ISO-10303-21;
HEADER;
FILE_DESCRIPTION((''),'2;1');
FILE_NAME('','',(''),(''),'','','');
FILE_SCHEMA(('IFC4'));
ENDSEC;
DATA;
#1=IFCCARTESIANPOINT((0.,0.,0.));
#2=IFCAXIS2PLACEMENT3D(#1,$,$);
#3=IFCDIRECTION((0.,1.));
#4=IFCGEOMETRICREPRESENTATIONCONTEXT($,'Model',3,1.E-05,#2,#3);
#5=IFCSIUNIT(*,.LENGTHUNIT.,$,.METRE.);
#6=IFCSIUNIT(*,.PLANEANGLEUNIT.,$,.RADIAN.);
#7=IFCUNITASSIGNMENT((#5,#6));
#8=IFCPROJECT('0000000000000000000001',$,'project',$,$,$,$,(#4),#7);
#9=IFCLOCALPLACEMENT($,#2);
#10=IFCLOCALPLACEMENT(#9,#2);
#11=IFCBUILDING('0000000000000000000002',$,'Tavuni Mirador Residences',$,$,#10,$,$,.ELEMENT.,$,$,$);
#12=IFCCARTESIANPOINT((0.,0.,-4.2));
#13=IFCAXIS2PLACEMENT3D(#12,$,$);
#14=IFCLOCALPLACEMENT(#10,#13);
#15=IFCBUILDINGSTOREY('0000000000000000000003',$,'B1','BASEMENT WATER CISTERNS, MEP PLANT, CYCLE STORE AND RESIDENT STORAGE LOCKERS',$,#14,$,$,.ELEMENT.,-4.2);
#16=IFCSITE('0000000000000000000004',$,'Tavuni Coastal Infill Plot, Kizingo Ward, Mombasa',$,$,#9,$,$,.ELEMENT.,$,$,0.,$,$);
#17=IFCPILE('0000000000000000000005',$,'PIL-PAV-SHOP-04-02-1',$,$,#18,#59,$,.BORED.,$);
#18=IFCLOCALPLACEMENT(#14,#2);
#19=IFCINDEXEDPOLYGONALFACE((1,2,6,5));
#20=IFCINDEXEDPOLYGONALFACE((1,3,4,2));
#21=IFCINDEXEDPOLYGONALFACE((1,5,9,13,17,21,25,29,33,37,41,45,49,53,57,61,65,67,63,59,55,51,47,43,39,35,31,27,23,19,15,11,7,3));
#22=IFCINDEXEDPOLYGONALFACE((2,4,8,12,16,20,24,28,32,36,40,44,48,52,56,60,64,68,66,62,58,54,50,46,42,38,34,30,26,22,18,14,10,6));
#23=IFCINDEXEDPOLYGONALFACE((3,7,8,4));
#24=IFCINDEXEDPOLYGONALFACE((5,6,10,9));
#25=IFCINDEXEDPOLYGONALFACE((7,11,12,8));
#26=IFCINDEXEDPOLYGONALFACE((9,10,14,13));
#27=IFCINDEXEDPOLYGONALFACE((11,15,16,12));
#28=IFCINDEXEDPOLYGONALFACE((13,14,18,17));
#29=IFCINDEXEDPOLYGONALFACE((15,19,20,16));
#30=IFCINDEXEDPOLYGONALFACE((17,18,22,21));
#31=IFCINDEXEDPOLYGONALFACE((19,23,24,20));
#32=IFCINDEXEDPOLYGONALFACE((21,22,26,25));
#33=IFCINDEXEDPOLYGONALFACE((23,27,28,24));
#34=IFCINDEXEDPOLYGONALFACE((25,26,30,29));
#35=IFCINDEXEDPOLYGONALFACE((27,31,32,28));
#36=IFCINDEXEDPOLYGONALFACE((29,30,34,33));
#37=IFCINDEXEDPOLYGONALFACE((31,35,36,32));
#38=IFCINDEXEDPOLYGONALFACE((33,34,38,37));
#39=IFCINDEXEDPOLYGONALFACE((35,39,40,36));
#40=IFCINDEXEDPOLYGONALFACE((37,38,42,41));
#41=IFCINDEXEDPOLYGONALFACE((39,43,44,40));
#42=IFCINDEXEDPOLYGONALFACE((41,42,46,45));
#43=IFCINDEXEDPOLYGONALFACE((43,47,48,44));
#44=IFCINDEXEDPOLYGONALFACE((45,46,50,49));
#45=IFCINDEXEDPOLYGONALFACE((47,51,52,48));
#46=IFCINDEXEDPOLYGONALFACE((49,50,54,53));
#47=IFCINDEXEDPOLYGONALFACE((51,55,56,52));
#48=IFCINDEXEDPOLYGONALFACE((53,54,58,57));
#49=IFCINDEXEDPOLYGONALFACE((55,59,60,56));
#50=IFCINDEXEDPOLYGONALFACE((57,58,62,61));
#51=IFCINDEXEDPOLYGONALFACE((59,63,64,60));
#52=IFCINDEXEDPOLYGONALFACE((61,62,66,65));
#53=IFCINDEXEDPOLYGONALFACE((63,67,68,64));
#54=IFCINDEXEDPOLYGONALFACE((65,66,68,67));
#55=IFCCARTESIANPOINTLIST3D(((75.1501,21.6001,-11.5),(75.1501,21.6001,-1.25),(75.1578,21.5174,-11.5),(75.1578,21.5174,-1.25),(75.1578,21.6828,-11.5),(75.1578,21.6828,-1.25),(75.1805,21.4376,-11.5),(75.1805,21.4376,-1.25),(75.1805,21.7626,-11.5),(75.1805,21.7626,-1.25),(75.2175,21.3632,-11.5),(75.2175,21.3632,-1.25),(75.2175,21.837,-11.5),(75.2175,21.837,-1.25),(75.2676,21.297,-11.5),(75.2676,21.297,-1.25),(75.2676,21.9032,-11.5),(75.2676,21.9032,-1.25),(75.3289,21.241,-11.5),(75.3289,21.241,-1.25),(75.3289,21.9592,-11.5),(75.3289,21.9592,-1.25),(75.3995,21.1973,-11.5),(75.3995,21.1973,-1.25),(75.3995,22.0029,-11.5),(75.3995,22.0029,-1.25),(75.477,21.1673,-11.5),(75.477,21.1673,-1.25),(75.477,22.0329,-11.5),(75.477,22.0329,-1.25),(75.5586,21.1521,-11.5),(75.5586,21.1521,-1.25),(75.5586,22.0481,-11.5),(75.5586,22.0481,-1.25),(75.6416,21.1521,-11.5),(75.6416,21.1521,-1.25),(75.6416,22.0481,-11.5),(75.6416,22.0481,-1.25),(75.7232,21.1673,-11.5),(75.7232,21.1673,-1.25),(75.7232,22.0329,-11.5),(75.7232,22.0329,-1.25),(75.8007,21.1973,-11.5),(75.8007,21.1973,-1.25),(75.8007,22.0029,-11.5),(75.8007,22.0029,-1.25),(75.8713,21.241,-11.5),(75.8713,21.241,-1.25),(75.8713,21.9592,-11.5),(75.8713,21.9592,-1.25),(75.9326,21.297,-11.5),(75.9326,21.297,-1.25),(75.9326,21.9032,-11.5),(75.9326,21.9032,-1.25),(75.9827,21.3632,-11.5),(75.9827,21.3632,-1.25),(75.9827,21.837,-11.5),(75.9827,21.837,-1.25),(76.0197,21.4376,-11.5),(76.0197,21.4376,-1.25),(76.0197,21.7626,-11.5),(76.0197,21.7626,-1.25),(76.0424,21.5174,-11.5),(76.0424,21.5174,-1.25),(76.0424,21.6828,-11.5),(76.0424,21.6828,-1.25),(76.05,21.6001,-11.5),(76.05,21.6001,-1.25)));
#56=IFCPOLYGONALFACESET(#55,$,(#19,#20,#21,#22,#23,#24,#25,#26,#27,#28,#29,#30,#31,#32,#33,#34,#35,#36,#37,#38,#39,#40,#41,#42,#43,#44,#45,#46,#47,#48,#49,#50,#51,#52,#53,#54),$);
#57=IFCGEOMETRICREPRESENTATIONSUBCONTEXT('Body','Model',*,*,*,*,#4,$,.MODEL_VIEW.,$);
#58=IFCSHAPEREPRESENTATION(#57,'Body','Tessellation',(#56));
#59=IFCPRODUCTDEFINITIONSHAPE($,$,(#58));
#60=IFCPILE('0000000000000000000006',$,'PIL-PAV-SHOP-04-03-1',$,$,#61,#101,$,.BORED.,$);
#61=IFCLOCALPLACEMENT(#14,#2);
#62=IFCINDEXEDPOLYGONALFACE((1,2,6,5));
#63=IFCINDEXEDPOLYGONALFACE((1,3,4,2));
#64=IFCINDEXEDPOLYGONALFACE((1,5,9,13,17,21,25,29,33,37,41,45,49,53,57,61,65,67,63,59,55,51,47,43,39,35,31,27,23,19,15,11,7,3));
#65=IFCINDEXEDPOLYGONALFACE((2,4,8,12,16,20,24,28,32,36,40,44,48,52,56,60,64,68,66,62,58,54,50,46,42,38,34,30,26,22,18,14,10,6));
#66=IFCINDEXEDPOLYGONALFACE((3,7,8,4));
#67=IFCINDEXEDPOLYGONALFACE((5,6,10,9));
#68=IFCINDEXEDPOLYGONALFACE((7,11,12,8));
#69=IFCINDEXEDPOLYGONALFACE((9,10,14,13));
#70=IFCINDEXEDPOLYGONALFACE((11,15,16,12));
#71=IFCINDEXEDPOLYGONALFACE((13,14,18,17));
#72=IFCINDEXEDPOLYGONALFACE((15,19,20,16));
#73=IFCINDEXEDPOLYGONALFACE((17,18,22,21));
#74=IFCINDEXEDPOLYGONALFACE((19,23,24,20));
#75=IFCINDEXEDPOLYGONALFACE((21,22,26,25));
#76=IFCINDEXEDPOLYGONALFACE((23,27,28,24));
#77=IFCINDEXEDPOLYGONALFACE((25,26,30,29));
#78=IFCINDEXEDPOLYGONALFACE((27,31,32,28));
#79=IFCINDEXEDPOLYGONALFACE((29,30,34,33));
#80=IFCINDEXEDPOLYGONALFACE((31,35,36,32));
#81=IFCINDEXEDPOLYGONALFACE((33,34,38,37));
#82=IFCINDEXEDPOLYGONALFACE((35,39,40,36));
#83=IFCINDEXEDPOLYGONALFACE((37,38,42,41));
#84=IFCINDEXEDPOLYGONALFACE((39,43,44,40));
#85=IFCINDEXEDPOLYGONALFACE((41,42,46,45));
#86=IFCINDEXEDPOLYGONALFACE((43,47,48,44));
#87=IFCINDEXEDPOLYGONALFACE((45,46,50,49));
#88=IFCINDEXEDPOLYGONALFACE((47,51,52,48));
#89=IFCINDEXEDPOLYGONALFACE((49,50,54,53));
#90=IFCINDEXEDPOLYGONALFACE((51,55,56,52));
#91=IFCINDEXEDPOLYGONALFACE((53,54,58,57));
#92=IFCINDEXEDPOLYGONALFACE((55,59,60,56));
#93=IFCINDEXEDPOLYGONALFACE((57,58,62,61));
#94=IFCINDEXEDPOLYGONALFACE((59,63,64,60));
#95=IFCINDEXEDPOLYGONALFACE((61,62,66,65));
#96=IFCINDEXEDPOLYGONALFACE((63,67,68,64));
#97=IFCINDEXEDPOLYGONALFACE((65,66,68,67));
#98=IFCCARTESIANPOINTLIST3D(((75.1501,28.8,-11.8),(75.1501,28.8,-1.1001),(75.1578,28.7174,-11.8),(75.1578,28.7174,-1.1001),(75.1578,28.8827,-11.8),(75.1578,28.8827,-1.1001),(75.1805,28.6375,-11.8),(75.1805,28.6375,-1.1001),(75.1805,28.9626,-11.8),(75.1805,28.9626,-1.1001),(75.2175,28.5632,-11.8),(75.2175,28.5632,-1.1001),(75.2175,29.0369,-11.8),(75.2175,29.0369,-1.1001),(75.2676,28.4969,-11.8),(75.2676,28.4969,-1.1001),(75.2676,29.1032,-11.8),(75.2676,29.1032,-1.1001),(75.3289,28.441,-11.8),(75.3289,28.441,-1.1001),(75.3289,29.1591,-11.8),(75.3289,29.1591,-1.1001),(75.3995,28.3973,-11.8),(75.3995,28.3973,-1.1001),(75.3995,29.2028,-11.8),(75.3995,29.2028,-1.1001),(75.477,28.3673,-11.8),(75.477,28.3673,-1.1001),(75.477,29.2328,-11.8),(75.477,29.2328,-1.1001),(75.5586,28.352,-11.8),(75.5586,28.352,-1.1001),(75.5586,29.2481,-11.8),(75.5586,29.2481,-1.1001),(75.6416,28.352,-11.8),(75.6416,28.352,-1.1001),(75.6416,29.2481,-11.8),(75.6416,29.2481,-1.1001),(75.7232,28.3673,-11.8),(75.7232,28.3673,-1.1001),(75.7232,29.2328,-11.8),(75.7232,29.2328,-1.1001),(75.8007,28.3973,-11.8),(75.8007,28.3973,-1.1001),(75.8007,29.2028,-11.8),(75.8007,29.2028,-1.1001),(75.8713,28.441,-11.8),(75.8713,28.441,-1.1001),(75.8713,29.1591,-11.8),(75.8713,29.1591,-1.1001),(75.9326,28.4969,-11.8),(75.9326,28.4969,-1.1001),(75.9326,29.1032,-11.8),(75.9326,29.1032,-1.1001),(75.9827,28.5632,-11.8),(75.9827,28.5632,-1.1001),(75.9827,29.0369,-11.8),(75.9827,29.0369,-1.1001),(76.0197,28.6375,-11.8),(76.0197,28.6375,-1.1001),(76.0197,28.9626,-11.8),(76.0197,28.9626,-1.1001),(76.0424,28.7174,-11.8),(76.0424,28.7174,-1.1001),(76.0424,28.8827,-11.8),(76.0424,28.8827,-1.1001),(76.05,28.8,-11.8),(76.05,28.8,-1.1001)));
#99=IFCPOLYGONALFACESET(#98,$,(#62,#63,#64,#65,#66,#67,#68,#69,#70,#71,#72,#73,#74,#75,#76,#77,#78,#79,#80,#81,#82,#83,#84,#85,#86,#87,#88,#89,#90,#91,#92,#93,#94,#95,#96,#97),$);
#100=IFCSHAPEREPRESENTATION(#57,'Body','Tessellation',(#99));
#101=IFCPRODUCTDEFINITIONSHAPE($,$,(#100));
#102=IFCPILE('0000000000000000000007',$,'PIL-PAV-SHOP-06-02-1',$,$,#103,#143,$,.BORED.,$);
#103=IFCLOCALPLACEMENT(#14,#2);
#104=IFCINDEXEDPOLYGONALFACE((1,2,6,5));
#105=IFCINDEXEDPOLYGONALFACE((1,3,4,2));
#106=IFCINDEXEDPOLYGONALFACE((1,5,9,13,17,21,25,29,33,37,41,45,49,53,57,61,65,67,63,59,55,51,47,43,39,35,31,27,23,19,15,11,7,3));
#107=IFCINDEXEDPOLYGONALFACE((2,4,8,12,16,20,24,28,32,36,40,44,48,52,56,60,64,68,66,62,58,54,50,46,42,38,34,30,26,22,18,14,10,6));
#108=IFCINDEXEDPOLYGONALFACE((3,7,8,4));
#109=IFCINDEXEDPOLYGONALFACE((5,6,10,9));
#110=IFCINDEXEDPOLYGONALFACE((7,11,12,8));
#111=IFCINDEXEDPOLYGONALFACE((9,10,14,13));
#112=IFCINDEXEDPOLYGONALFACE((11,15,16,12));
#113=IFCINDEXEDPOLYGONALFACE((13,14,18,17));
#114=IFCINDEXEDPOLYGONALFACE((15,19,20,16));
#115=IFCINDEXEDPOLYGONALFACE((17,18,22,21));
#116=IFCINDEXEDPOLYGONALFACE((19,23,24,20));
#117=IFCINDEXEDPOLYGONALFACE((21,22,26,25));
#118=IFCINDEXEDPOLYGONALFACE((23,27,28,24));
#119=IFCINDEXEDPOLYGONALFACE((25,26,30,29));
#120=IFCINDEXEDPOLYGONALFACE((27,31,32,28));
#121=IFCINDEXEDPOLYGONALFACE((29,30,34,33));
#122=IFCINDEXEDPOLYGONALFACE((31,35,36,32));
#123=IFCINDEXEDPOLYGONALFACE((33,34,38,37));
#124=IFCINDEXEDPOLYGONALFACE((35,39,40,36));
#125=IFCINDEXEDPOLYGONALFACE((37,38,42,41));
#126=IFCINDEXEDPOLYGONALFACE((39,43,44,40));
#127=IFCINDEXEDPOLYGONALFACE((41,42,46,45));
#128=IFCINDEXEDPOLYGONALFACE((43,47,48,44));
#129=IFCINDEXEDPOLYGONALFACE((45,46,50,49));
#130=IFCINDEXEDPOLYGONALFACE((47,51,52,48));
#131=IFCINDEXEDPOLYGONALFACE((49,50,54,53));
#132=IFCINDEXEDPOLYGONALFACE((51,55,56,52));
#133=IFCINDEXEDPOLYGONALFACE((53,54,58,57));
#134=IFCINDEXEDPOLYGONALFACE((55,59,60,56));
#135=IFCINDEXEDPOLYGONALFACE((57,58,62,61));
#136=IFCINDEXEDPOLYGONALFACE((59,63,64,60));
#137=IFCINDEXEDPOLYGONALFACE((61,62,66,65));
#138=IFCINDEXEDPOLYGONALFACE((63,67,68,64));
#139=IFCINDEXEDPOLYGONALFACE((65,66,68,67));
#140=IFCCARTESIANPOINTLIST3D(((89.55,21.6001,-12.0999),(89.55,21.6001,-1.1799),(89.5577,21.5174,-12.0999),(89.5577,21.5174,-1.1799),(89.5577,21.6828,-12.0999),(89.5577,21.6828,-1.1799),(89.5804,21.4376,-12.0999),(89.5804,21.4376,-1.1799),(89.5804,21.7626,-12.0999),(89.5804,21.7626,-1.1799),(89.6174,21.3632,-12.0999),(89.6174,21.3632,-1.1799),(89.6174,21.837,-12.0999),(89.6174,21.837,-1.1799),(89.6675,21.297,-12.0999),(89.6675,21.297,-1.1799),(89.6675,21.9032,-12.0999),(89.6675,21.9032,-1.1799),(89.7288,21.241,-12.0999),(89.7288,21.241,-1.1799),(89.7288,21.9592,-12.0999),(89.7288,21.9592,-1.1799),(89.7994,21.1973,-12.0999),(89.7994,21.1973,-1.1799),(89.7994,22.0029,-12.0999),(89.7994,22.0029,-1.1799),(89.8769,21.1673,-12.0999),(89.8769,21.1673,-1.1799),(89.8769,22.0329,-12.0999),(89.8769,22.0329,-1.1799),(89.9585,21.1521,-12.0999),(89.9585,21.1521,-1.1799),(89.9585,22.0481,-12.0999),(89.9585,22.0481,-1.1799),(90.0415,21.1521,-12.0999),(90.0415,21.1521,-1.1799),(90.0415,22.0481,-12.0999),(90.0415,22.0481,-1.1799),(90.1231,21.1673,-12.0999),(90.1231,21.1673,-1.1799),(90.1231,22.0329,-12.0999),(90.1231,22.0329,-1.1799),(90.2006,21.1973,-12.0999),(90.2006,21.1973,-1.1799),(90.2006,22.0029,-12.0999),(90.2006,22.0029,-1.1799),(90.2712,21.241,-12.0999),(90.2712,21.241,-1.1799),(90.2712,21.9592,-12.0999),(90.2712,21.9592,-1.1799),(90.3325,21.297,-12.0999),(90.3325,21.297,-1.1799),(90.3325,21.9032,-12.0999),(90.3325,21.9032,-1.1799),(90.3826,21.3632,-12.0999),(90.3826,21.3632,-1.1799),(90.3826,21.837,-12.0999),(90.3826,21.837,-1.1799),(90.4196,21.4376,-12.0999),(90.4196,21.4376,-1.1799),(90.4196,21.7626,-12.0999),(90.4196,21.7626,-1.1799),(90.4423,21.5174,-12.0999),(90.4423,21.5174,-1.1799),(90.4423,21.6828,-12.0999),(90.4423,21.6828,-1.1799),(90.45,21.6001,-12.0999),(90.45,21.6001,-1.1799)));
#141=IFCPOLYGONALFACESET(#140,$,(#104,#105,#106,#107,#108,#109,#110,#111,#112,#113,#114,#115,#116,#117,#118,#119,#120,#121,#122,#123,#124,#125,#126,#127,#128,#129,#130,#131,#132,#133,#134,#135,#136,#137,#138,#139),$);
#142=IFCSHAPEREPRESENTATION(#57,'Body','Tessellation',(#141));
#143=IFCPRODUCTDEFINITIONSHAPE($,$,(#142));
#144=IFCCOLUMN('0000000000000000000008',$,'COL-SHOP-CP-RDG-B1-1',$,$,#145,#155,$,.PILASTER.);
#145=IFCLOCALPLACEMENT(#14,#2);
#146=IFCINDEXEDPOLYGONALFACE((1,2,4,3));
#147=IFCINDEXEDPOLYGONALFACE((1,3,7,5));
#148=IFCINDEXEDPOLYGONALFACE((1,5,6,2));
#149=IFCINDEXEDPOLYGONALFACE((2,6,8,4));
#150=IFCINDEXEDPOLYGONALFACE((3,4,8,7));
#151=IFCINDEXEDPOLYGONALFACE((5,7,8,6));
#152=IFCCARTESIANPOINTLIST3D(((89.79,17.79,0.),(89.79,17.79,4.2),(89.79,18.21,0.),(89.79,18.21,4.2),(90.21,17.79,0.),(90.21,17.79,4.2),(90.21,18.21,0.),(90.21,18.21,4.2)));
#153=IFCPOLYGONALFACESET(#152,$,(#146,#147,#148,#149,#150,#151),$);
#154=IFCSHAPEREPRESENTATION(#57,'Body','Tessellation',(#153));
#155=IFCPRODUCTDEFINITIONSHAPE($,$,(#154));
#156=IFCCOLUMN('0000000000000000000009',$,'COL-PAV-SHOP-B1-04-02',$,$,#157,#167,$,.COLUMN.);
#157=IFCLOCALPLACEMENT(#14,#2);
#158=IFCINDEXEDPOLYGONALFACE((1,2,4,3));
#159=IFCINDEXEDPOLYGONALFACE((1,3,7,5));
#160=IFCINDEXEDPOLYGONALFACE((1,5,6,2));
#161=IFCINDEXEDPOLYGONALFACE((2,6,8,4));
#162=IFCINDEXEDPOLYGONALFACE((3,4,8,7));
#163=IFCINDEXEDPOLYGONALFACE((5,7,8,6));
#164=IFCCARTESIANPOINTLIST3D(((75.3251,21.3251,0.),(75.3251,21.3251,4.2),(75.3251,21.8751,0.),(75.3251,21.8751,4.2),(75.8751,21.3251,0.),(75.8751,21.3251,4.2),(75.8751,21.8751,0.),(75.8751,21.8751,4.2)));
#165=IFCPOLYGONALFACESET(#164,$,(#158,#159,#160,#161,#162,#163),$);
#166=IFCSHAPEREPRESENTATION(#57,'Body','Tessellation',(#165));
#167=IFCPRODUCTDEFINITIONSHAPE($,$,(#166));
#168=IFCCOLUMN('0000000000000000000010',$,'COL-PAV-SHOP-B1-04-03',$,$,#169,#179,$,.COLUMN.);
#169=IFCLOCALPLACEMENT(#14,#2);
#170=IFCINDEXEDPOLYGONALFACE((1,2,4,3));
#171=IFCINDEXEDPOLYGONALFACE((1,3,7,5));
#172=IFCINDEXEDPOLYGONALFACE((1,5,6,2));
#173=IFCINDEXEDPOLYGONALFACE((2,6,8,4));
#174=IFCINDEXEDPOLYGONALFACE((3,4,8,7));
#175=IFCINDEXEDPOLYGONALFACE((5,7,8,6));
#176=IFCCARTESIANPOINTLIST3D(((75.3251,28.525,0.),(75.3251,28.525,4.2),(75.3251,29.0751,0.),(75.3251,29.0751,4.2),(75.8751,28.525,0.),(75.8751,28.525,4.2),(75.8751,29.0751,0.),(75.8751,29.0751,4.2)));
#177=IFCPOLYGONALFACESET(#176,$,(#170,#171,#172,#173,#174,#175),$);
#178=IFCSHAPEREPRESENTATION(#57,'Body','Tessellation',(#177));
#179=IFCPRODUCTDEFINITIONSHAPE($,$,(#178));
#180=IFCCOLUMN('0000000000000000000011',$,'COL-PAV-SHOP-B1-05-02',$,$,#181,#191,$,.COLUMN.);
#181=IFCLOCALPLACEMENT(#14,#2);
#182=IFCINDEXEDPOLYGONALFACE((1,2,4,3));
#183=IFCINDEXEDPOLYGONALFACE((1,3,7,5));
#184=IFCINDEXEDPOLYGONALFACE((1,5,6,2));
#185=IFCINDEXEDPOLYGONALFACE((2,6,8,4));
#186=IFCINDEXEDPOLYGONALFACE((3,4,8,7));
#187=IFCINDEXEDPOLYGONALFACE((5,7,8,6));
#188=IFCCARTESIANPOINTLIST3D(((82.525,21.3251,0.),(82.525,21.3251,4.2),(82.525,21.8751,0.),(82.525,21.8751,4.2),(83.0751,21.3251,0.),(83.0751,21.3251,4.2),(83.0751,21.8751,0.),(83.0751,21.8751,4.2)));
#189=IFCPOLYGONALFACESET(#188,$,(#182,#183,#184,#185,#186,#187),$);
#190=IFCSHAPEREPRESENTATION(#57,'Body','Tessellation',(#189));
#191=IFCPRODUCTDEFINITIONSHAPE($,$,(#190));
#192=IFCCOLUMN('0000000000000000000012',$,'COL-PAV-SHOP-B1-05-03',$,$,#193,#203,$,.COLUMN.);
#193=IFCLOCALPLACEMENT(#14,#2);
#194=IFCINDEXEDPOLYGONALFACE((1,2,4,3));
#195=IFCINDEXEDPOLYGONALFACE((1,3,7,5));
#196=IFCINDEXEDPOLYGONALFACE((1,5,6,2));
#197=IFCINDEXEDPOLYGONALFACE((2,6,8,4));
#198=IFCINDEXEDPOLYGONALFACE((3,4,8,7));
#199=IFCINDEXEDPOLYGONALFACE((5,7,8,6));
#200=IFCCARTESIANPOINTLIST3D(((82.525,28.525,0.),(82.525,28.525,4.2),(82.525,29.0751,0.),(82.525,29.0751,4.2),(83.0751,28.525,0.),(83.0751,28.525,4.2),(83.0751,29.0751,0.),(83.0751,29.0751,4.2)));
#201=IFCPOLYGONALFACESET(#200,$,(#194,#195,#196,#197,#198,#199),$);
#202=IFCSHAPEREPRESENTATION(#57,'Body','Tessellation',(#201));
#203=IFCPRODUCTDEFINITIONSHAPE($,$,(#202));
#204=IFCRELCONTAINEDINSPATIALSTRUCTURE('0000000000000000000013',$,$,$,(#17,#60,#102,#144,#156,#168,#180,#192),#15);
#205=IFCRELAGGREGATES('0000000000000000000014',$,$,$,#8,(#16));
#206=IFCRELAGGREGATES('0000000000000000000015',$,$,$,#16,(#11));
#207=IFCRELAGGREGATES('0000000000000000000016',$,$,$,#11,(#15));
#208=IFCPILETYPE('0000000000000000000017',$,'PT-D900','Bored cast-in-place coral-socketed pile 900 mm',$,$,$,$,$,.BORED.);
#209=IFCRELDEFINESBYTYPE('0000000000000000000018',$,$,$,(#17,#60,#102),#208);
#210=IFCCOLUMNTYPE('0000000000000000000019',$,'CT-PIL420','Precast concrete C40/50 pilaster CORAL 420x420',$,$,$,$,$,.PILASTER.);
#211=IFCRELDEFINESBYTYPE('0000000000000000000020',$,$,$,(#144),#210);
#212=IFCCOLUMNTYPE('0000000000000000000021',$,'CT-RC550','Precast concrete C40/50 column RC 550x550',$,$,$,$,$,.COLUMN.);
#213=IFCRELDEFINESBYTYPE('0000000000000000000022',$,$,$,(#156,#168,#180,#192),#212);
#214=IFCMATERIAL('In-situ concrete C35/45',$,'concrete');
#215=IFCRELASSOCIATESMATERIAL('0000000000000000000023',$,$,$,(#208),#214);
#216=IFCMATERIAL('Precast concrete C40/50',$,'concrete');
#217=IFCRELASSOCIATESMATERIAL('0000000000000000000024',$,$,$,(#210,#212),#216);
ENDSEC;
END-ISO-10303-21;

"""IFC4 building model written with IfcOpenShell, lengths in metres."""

from ifc_helpers import new_model, si_unit, direction, frame, origin, origin_2d, place, context, subcontext, project, spatial, rectangle, circle, extrude, material, material_profile, profile_set, type_object, element, save


model = new_model("IFC4")

# Units and contexts
model_context = context("Model", 3, precision=1e-05, world=origin(), true_north=direction((0.0, 1.0)))
body_context = subcontext(model_context, "Body", "Model", "MODEL_VIEW")
ifc_project = project(units=[si_unit("LENGTHUNIT", "METRE"), si_unit("PLANEANGLEUNIT", "RADIAN")], contexts=[model_context])

# Site, building, storey
site_placement = place(None, origin())
site = spatial("IfcSite", under=ifc_project, at=site_placement, Name="Tavuni Coastal Infill Plot, Kizingo Ward, Mombasa", CompositionType="ELEMENT", RefElevation=0.0)
building_placement = place(site_placement, origin())
building = spatial("IfcBuilding", under=site, at=building_placement, Name="Tavuni Mirador Residences", CompositionType="ELEMENT")
storey_placement = place(building_placement, frame((0.0, 0.0, -4.2)))
storey = spatial("IfcBuildingStorey", under=building, at=storey_placement, Name="B1", Description="BASEMENT WATER CISTERNS, MEP PLANT, CYCLE STORE AND RESIDENT STORAGE LOCKERS", CompositionType="ELEMENT", Elevation=-4.2)

# Shared definitions
ifc_material_1 = material(Name="In-situ concrete C35/45", Category="concrete")

# Piles
ifc_material_profile_1 = material_profile(ifc_material_1, circle(Radius=0.45, at=origin_2d()), Name="PILE D900", Category="concrete")
ifc_profile_set_1 = profile_set([ifc_material_profile_1], Name="In-situ concrete C35/45")
pile_type_1 = type_object("IfcPileType", Name="PT-D900", Description="Bored cast-in-place coral-socketed pile 900 mm", PredefinedType="BORED", material=ifc_profile_set_1)
pile_1_placement = place(storey_placement, frame((75.6001, 21.6001, -1.25), z_axis=(0.0, 0.0, -1.0), x_axis=(1.0, 0.0, 0.0)))
element("IfcPile", 1, at=pile_1_placement, inside=storey, type_object=pile_type_1, Name="PIL-PAV-SHOP-04-02-1", PredefinedType="BORED", context=body_context, shape_type="SweptSolid", body=[
    extrude(circle(Radius=0.45, at=origin_2d()), origin(), (0.0, 0.0, 1.0), 10.25),
])
pile_2_placement = place(storey_placement, frame((75.6001, 28.8, -1.1001), z_axis=(0.0, 0.0, -1.0), x_axis=(1.0, 0.0, 0.0)))
element("IfcPile", 2, at=pile_2_placement, inside=storey, type_object=pile_type_1, Name="PIL-PAV-SHOP-04-03-1", PredefinedType="BORED", context=body_context, shape_type="SweptSolid", body=[
    extrude(circle(Radius=0.45, at=origin_2d()), origin(), (0.0, 0.0, 1.0), 10.7),
])
pile_3_placement = place(storey_placement, frame((90.0, 21.6001, -1.1799), z_axis=(0.0, 0.0, -1.0), x_axis=(1.0, 0.0, 0.0)))
element("IfcPile", 3, at=pile_3_placement, inside=storey, type_object=pile_type_1, Name="PIL-PAV-SHOP-06-02-1", PredefinedType="BORED", context=body_context, shape_type="SweptSolid", body=[
    extrude(circle(Radius=0.45, at=origin_2d()), origin(), (0.0, 0.0, 1.0), 10.9199),
])

# Columns
ifc_material_2 = material(Name="Precast concrete C40/50", Category="concrete")
ifc_material_profile_2 = material_profile(ifc_material_2, rectangle(XDim=0.4199, YDim=0.4199, at=origin_2d()), Name="CORAL 420x420", Category="concrete")
ifc_profile_set_2 = profile_set([ifc_material_profile_2], Name="Precast concrete C40/50")
column_type_1 = type_object("IfcColumnType", Name="CT-PIL420", Description="Precast concrete C40/50 pilaster CORAL 420x420", PredefinedType="PILASTER", material=ifc_profile_set_2)
column_placement = place(storey_placement, frame((90.0, 18.0, 0.0), z_axis=(0.0, 0.0, 1.0), x_axis=(1.0, 0.0, 0.0)))
element("IfcColumn", 4, at=column_placement, inside=storey, type_object=column_type_1, Name="COL-SHOP-CP-RDG-B1-1", PredefinedType="PILASTER", context=body_context, shape_type="SweptSolid", body=[
    extrude(rectangle(XDim=0.4199, YDim=0.4199, at=origin_2d()), origin(), (0.0, 0.0, 1.0), 4.2),
])
ifc_material_profile_3 = material_profile(ifc_material_2, rectangle(XDim=0.55, YDim=0.55, at=origin_2d()), Name="RC 550x550", Category="concrete")
ifc_profile_set_3 = profile_set([ifc_material_profile_3], Name="Precast concrete C40/50")
column_type_2 = type_object("IfcColumnType", Name="CT-RC550", Description="Precast concrete C40/50 column RC 550x550", PredefinedType="COLUMN", material=ifc_profile_set_3)
for number, where, z_axis, x_axis, name in (
    (5, (75.6001, 21.6001, 0.0), (0.0, 0.0, 1.0), (1.0, 0.0, 0.0), "COL-PAV-SHOP-B1-04-02"),
    (6, (75.6001, 28.8, 0.0), (0.0, 0.0, 1.0), (1.0, 0.0, 0.0), "COL-PAV-SHOP-B1-04-03"),
    (7, (82.8, 21.6001, 0.0), (0.0, 0.0, 1.0), (1.0, 0.0, 0.0), "COL-PAV-SHOP-B1-05-02"),
    (8, (82.8, 28.8, 0.0), (0.0, 0.0, 1.0), (1.0, 0.0, 0.0), "COL-PAV-SHOP-B1-05-03"),
):
    element("IfcColumn", number, at=place(storey_placement, frame(where, z_axis=z_axis, x_axis=x_axis)), inside=storey, type_object=column_type_2, Name=name, PredefinedType="COLUMN", context=body_context, shape_type="SweptSolid", body=[
        extrude(rectangle(XDim=0.55, YDim=0.55, at=origin_2d()), origin(), (0.0, 0.0, 1.0), 4.2),
    ])

save(model, "model.ifc")
